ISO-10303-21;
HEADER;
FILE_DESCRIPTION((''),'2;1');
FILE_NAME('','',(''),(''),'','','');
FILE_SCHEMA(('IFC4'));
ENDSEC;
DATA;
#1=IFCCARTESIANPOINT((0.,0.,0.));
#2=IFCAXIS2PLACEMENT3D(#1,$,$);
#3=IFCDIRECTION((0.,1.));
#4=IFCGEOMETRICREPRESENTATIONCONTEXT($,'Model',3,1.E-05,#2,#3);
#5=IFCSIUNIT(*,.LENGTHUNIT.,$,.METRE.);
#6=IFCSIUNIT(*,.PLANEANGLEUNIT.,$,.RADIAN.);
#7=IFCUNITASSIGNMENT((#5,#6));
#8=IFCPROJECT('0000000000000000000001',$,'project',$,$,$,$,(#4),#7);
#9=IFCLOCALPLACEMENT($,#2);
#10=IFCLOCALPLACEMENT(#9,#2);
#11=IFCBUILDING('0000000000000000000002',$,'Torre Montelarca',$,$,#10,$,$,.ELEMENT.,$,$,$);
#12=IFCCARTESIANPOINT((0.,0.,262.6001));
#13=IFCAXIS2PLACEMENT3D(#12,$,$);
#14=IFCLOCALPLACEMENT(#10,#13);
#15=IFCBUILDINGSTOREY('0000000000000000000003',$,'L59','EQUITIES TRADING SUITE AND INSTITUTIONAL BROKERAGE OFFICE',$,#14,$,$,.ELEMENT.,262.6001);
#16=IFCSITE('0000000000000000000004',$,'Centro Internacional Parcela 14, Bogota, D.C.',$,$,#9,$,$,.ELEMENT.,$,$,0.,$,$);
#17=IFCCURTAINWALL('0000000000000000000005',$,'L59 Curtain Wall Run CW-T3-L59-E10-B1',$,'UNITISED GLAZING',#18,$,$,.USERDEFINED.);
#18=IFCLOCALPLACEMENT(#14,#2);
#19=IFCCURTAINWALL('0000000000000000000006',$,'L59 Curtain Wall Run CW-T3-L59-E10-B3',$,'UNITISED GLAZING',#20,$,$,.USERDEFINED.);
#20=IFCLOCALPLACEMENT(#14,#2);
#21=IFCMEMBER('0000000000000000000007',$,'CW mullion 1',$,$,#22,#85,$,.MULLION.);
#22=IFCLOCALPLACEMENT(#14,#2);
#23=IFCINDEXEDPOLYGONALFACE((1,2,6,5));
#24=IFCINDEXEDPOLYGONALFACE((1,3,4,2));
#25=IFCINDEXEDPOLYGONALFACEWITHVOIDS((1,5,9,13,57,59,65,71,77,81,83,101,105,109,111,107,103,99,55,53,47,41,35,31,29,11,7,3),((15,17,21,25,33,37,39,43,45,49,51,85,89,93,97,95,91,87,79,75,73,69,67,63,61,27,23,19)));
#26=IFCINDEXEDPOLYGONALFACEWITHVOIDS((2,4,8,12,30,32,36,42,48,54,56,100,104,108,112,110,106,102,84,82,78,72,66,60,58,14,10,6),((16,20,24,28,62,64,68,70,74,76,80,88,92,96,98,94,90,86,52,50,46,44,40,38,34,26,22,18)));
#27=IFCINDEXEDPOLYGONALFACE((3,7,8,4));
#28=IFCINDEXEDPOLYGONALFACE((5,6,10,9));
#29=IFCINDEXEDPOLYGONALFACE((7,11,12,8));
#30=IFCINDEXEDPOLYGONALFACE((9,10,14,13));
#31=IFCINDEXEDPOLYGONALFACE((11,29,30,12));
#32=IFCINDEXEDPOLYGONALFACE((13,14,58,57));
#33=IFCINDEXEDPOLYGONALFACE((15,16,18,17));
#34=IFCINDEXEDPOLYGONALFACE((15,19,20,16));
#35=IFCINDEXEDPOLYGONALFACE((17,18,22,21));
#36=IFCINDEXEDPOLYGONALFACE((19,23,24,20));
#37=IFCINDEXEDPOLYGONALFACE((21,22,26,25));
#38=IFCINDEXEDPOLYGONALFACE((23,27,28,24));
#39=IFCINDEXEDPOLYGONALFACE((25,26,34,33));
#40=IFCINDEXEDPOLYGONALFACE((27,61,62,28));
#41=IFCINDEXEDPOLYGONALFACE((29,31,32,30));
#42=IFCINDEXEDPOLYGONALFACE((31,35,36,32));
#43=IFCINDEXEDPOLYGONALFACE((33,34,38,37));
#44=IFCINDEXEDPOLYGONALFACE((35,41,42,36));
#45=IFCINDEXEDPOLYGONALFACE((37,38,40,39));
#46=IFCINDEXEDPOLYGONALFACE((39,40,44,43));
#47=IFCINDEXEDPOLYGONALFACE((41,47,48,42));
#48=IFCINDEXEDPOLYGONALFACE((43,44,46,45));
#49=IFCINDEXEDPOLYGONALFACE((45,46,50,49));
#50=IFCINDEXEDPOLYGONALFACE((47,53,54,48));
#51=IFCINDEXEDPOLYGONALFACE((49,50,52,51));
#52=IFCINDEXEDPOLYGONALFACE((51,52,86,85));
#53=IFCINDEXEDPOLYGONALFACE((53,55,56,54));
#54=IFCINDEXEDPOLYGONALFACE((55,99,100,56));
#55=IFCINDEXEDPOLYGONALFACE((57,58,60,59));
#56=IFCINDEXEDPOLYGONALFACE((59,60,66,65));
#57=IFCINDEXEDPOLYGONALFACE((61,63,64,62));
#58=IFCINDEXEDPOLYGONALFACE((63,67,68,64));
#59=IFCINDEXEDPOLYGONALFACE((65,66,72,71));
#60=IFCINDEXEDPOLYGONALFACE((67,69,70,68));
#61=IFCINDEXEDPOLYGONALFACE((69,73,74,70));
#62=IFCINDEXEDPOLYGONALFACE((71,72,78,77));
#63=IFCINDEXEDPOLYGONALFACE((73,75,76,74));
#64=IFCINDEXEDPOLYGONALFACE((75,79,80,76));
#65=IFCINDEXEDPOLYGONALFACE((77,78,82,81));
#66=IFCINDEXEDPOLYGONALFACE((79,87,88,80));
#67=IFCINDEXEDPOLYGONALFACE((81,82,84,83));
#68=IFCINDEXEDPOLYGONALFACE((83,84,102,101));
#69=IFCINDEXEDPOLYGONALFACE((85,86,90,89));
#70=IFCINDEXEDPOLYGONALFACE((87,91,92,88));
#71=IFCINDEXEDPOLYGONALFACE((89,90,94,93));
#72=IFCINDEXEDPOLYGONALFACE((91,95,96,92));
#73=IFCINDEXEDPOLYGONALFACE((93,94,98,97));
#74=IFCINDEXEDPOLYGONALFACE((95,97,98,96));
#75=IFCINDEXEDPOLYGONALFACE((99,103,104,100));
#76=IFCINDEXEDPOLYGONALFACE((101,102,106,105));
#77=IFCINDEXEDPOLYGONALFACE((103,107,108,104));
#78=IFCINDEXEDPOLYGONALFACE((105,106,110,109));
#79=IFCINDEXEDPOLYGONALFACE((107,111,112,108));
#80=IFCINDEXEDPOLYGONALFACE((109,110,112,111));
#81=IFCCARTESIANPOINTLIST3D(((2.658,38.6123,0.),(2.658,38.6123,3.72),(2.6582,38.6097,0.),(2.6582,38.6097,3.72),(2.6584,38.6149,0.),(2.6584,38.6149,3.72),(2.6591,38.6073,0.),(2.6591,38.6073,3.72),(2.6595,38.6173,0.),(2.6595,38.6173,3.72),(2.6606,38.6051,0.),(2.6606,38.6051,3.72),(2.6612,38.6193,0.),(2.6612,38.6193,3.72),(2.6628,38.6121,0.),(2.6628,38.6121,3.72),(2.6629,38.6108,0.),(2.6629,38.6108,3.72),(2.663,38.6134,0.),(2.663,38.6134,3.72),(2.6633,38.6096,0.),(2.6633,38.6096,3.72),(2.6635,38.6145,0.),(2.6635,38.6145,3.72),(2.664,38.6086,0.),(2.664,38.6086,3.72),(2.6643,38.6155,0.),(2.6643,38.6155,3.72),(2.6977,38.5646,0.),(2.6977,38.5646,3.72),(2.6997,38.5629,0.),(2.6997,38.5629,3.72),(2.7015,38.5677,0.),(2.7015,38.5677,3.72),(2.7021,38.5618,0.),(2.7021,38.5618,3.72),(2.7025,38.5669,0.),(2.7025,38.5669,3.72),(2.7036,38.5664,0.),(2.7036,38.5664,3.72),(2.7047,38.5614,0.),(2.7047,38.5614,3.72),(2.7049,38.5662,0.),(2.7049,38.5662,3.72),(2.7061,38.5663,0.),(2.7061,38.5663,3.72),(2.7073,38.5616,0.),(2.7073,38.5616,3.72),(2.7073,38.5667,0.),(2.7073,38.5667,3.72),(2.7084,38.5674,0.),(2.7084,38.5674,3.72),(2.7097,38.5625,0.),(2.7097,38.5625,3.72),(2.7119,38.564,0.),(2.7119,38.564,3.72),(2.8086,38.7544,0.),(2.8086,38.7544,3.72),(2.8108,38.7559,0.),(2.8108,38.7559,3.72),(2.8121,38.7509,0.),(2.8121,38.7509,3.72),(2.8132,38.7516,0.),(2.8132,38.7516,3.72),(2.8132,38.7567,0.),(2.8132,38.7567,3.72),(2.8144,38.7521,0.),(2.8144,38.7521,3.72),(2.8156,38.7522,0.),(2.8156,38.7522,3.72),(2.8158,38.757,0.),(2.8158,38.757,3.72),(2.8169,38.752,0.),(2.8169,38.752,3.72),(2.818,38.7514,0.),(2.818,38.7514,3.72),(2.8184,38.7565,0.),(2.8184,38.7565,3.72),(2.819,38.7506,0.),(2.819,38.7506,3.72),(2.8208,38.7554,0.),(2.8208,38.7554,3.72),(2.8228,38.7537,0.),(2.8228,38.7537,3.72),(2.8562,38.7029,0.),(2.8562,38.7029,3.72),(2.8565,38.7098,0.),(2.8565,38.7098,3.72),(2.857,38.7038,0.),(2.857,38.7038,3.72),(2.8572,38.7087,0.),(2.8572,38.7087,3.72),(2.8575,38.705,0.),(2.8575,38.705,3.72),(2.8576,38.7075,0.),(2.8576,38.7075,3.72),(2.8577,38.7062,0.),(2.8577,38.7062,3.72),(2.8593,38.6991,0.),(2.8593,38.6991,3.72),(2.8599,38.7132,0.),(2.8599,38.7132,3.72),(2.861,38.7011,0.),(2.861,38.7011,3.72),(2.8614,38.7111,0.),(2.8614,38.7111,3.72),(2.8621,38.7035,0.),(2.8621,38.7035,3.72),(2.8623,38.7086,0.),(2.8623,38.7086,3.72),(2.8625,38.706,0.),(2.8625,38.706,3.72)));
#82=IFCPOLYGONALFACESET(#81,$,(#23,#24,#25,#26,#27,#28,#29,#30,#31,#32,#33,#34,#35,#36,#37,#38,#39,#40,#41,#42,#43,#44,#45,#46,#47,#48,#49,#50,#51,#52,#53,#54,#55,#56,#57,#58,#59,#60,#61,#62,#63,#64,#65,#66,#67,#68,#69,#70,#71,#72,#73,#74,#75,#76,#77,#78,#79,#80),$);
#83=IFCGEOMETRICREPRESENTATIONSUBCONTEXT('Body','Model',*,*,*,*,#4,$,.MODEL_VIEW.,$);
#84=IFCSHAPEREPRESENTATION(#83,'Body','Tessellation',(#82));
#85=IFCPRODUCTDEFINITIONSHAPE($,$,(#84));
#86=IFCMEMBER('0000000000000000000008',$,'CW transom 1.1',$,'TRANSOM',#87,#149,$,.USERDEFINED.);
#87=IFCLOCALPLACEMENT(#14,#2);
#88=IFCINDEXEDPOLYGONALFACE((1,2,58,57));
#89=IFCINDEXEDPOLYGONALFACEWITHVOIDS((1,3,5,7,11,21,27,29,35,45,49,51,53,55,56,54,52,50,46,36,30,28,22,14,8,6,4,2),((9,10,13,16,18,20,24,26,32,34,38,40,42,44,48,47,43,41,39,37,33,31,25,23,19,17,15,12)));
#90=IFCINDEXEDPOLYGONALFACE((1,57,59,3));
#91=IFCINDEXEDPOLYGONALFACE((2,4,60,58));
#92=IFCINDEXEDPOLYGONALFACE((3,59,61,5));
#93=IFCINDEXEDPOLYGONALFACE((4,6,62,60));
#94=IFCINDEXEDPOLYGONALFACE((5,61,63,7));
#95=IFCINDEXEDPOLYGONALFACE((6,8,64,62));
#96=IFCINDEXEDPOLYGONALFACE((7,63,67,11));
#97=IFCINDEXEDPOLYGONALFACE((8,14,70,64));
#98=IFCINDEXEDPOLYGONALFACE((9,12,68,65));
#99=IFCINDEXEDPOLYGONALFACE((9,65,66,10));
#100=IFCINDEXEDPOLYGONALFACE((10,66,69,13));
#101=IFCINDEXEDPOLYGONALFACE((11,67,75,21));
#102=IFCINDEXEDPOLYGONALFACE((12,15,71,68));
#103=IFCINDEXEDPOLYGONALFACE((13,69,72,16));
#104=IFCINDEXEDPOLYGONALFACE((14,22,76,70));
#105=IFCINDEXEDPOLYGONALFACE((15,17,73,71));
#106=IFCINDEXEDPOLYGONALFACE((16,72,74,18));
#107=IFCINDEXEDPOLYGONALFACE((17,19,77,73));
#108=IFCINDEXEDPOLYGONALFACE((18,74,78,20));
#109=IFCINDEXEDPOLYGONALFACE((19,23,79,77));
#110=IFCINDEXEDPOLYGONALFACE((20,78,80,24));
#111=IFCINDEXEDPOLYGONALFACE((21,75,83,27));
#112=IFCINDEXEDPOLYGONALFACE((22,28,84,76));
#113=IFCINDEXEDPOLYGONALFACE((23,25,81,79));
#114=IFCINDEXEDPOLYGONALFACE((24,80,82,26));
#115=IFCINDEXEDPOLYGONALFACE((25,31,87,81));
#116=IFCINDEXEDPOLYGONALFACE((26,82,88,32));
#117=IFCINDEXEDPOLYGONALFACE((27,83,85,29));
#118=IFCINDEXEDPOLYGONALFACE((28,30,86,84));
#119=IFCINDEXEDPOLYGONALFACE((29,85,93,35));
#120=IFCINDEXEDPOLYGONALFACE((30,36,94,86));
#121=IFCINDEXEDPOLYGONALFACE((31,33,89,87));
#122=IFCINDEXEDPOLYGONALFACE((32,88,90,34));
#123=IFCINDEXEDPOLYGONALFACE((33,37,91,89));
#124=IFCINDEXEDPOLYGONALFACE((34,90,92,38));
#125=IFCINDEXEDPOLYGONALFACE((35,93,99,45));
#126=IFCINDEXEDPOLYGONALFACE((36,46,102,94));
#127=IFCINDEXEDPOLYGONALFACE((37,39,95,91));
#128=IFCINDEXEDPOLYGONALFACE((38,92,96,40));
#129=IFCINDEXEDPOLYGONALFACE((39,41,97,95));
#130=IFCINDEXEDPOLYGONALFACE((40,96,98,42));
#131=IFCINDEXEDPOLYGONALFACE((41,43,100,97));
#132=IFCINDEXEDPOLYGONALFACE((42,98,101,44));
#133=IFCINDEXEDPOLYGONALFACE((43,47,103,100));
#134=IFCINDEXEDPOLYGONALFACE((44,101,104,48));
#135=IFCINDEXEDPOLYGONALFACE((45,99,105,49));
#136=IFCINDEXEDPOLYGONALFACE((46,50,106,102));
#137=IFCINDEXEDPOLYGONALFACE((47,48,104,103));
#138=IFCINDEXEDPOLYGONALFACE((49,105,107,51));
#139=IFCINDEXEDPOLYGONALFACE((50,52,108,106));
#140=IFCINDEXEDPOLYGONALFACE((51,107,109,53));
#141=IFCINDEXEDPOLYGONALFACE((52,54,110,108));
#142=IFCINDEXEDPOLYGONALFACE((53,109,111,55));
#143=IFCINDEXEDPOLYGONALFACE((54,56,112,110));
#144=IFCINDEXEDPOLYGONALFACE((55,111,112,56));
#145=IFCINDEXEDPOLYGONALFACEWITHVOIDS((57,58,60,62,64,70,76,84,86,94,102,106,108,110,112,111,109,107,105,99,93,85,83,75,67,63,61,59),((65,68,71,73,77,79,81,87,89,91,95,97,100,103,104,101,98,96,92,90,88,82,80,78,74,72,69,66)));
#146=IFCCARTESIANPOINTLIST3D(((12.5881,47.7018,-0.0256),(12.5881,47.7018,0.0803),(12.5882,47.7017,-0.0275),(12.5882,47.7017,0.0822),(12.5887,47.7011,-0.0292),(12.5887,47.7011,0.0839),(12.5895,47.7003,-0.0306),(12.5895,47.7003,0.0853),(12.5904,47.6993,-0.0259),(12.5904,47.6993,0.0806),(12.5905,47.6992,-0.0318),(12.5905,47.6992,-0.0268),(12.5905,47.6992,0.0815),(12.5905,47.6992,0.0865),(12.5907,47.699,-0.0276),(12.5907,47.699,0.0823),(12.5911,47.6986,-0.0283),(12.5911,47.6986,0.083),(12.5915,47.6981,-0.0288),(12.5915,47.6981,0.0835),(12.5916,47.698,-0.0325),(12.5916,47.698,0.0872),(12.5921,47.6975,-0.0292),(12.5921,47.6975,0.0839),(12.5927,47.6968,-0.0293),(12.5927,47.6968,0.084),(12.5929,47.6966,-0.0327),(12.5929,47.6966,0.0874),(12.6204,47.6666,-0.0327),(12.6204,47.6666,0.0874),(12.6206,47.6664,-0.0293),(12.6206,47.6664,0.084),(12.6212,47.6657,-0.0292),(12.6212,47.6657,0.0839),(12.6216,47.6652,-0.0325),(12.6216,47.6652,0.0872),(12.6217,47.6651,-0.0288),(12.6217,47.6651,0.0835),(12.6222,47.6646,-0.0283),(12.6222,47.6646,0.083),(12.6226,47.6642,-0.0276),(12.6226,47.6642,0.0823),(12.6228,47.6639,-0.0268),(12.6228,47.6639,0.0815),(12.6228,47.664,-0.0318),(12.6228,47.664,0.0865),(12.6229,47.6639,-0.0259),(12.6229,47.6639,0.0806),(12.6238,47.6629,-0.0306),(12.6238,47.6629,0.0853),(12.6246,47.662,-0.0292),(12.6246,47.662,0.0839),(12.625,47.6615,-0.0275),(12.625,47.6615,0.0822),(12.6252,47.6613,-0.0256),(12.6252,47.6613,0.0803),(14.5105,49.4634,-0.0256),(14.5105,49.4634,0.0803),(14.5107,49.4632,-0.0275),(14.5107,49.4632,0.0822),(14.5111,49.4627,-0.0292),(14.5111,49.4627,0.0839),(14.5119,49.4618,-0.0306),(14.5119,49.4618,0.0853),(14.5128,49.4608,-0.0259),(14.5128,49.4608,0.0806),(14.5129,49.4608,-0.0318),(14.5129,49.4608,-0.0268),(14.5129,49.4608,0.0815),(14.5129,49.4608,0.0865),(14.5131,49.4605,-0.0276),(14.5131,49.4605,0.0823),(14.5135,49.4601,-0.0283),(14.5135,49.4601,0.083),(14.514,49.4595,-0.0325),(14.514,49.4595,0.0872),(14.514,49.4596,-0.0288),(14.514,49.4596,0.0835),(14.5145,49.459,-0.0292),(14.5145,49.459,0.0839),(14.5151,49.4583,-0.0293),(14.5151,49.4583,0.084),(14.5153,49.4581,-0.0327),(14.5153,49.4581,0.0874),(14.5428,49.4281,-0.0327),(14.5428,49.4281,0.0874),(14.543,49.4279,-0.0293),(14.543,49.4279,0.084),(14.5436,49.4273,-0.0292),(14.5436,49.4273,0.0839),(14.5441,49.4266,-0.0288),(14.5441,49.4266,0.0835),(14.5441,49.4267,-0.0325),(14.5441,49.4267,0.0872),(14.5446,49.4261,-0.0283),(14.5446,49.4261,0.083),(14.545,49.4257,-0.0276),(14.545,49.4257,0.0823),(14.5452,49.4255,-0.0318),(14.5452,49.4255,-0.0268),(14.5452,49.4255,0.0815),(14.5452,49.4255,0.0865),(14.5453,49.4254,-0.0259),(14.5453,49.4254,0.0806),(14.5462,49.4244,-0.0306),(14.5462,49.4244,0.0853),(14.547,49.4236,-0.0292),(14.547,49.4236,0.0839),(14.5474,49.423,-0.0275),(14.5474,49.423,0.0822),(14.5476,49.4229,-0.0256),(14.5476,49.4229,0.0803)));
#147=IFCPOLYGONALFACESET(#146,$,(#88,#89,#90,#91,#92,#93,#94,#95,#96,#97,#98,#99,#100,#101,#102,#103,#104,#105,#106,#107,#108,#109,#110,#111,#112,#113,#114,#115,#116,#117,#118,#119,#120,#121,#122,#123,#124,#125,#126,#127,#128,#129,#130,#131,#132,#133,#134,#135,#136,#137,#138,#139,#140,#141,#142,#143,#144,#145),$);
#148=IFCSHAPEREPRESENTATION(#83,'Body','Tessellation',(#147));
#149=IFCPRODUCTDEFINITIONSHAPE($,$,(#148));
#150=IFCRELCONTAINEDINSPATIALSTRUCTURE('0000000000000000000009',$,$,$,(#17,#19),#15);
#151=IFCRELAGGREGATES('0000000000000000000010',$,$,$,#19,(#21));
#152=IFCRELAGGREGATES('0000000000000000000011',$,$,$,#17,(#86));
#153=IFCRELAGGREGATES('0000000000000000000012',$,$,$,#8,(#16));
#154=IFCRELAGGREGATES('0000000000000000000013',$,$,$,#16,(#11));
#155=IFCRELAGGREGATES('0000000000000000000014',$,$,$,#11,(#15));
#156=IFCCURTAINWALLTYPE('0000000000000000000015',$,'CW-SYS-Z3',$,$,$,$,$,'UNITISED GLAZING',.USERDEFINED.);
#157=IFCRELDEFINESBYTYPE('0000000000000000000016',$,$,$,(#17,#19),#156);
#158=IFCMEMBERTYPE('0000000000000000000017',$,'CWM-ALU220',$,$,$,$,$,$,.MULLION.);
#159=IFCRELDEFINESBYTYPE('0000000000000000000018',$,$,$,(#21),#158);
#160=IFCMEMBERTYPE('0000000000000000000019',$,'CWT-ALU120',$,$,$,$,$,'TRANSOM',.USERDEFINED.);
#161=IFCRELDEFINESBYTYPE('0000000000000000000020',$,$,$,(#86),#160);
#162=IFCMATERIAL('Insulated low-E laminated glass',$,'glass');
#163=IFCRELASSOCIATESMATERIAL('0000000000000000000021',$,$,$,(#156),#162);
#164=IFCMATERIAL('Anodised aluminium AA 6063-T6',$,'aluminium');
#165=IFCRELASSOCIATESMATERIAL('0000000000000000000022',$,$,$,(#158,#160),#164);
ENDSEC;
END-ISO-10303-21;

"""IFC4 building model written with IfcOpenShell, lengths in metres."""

from ifc_helpers import new_model, si_unit, direction, frame, origin, origin_2d, place, context, subcontext, project, spatial, hollow_rectangle, extrude, source, transform, mapped, material, material_profile, profile_set, type_object, element, aggregate, save


model = new_model("IFC4")

# Units and contexts
model_context = context("Model", 3, precision=1e-05, world=origin(), true_north=direction((0.0, 1.0)))
body_context = subcontext(model_context, "Body", "Model", "MODEL_VIEW")
ifc_project = project(units=[si_unit("LENGTHUNIT", "METRE"), si_unit("PLANEANGLEUNIT", "RADIAN")], contexts=[model_context])

# Site, building, storey
site_placement = place(None, origin())
site = spatial("IfcSite", under=ifc_project, at=site_placement, Name="Centro Internacional Parcela 14, Bogota, D.C.", CompositionType="ELEMENT", RefElevation=0.0)
building_placement = place(site_placement, origin())
building = spatial("IfcBuilding", under=site, at=building_placement, Name="Torre Montelarca", CompositionType="ELEMENT")
storey_placement = place(building_placement, frame((0.0, 0.0, 262.6001)))
storey = spatial("IfcBuildingStorey", under=building, at=storey_placement, Name="L59", Description="EQUITIES TRADING SUITE AND INSTITUTIONAL BROKERAGE OFFICE", CompositionType="ELEMENT", Elevation=262.6001)

# Curtain wall
ifc_material_1 = material(Name="Insulated low-E laminated glass", Category="glass")
curtain_wall_type = type_object("IfcCurtainWallType", Name="CW-SYS-Z3", ElementType="UNITISED GLAZING", PredefinedType="USERDEFINED", material=ifc_material_1)
curtain_wall_1_placement = place(storey_placement, origin())
curtain_wall_1 = element("IfcCurtainWall", 1, at=curtain_wall_1_placement, inside=storey, type_object=curtain_wall_type, Name="L59 Curtain Wall Run CW-T3-L59-E10-B1", ObjectType="UNITISED GLAZING", PredefinedType="USERDEFINED")
ifc_material_2 = material(Name="Anodised aluminium AA 6063-T6", Category="aluminium")
ifc_material_profile_1 = material_profile(ifc_material_2, hollow_rectangle(XDim=0.075, YDim=0.22, WallThickness=0.0049, InnerFilletRadius=0.0049, OuterFilletRadius=0.01, at=origin_2d()), Name="ALU75X220X5", Category="aluminium")
ifc_profile_set_1 = profile_set([ifc_material_profile_1], Name="Anodised aluminium AA 6063-T6")
member_type_1 = type_object("IfcMemberType", Name="CWM-ALU220", PredefinedType="MULLION", material=ifc_profile_set_1)
shared_shape_1 = source(origin(), body_context, "Body", "SweptSolid", [
    extrude(hollow_rectangle(XDim=0.075, YDim=0.22, WallThickness=0.0049, InnerFilletRadius=0.0049, OuterFilletRadius=0.01, at=origin_2d()), origin(), (0.0, 0.0, 1.0), 3.72),
])

# Curtain wall, member
curtain_wall_2_placement = place(storey_placement, origin())
curtain_wall_2 = element("IfcCurtainWall", 2, at=curtain_wall_2_placement, inside=storey, type_object=curtain_wall_type, Name="L59 Curtain Wall Run CW-T3-L59-E10-B3", ObjectType="UNITISED GLAZING", PredefinedType="USERDEFINED")
member_1_placement = place(storey_placement, frame((2.7603, 38.6592, 0.0), z_axis=(0.0, 0.0, 1.0), x_axis=(0.675582, -0.737285, 0.0)))
member_1 = element("IfcMember", 3, at=member_1_placement, type_object=member_type_1, Name="CW mullion 1", PredefinedType="MULLION", context=body_context, shape_type="MappedRepresentation", body=[
    mapped(shared_shape_1, transform((0.0, 0.0, 0.0), scale=1.0)),
])
aggregate(curtain_wall_2, [member_1])

# Member
ifc_material_profile_2 = material_profile(ifc_material_2, hollow_rectangle(XDim=0.0549, YDim=0.1201, WallThickness=0.0034, InnerFilletRadius=0.0034, OuterFilletRadius=0.0071, at=origin_2d()), Name="ALU55X120X3.5", Category="aluminium")
ifc_profile_set_2 = profile_set([ifc_material_profile_2], Name="Anodised aluminium AA 6063-T6")
member_type_2 = type_object("IfcMemberType", Name="CWT-ALU120", ElementType="TRANSOM", PredefinedType="USERDEFINED", material=ifc_profile_set_2)
shared_shape_2 = source(origin(), body_context, "Body", "SweptSolid", [
    extrude(hollow_rectangle(XDim=0.0549, YDim=0.1201, WallThickness=0.0034, InnerFilletRadius=0.0034, OuterFilletRadius=0.0071, at=origin_2d()), origin(), (0.0, 0.0, 1.0), 2.6074),
])
member_2_placement = place(storey_placement, frame((14.5291, 49.4431, 0.0273), z_axis=(-0.737286, -0.67558, 0.0), x_axis=(0.67558, -0.737286, 0.0)))
member_2 = element("IfcMember", 4, at=member_2_placement, type_object=member_type_2, Name="CW transom 1.1", ObjectType="TRANSOM", PredefinedType="USERDEFINED", context=body_context, shape_type="MappedRepresentation", body=[
    mapped(shared_shape_2, transform((0.0, 0.0, 0.0), scale=1.0)),
])

aggregate(curtain_wall_1, [member_2])

save(model, "model.ifc")
